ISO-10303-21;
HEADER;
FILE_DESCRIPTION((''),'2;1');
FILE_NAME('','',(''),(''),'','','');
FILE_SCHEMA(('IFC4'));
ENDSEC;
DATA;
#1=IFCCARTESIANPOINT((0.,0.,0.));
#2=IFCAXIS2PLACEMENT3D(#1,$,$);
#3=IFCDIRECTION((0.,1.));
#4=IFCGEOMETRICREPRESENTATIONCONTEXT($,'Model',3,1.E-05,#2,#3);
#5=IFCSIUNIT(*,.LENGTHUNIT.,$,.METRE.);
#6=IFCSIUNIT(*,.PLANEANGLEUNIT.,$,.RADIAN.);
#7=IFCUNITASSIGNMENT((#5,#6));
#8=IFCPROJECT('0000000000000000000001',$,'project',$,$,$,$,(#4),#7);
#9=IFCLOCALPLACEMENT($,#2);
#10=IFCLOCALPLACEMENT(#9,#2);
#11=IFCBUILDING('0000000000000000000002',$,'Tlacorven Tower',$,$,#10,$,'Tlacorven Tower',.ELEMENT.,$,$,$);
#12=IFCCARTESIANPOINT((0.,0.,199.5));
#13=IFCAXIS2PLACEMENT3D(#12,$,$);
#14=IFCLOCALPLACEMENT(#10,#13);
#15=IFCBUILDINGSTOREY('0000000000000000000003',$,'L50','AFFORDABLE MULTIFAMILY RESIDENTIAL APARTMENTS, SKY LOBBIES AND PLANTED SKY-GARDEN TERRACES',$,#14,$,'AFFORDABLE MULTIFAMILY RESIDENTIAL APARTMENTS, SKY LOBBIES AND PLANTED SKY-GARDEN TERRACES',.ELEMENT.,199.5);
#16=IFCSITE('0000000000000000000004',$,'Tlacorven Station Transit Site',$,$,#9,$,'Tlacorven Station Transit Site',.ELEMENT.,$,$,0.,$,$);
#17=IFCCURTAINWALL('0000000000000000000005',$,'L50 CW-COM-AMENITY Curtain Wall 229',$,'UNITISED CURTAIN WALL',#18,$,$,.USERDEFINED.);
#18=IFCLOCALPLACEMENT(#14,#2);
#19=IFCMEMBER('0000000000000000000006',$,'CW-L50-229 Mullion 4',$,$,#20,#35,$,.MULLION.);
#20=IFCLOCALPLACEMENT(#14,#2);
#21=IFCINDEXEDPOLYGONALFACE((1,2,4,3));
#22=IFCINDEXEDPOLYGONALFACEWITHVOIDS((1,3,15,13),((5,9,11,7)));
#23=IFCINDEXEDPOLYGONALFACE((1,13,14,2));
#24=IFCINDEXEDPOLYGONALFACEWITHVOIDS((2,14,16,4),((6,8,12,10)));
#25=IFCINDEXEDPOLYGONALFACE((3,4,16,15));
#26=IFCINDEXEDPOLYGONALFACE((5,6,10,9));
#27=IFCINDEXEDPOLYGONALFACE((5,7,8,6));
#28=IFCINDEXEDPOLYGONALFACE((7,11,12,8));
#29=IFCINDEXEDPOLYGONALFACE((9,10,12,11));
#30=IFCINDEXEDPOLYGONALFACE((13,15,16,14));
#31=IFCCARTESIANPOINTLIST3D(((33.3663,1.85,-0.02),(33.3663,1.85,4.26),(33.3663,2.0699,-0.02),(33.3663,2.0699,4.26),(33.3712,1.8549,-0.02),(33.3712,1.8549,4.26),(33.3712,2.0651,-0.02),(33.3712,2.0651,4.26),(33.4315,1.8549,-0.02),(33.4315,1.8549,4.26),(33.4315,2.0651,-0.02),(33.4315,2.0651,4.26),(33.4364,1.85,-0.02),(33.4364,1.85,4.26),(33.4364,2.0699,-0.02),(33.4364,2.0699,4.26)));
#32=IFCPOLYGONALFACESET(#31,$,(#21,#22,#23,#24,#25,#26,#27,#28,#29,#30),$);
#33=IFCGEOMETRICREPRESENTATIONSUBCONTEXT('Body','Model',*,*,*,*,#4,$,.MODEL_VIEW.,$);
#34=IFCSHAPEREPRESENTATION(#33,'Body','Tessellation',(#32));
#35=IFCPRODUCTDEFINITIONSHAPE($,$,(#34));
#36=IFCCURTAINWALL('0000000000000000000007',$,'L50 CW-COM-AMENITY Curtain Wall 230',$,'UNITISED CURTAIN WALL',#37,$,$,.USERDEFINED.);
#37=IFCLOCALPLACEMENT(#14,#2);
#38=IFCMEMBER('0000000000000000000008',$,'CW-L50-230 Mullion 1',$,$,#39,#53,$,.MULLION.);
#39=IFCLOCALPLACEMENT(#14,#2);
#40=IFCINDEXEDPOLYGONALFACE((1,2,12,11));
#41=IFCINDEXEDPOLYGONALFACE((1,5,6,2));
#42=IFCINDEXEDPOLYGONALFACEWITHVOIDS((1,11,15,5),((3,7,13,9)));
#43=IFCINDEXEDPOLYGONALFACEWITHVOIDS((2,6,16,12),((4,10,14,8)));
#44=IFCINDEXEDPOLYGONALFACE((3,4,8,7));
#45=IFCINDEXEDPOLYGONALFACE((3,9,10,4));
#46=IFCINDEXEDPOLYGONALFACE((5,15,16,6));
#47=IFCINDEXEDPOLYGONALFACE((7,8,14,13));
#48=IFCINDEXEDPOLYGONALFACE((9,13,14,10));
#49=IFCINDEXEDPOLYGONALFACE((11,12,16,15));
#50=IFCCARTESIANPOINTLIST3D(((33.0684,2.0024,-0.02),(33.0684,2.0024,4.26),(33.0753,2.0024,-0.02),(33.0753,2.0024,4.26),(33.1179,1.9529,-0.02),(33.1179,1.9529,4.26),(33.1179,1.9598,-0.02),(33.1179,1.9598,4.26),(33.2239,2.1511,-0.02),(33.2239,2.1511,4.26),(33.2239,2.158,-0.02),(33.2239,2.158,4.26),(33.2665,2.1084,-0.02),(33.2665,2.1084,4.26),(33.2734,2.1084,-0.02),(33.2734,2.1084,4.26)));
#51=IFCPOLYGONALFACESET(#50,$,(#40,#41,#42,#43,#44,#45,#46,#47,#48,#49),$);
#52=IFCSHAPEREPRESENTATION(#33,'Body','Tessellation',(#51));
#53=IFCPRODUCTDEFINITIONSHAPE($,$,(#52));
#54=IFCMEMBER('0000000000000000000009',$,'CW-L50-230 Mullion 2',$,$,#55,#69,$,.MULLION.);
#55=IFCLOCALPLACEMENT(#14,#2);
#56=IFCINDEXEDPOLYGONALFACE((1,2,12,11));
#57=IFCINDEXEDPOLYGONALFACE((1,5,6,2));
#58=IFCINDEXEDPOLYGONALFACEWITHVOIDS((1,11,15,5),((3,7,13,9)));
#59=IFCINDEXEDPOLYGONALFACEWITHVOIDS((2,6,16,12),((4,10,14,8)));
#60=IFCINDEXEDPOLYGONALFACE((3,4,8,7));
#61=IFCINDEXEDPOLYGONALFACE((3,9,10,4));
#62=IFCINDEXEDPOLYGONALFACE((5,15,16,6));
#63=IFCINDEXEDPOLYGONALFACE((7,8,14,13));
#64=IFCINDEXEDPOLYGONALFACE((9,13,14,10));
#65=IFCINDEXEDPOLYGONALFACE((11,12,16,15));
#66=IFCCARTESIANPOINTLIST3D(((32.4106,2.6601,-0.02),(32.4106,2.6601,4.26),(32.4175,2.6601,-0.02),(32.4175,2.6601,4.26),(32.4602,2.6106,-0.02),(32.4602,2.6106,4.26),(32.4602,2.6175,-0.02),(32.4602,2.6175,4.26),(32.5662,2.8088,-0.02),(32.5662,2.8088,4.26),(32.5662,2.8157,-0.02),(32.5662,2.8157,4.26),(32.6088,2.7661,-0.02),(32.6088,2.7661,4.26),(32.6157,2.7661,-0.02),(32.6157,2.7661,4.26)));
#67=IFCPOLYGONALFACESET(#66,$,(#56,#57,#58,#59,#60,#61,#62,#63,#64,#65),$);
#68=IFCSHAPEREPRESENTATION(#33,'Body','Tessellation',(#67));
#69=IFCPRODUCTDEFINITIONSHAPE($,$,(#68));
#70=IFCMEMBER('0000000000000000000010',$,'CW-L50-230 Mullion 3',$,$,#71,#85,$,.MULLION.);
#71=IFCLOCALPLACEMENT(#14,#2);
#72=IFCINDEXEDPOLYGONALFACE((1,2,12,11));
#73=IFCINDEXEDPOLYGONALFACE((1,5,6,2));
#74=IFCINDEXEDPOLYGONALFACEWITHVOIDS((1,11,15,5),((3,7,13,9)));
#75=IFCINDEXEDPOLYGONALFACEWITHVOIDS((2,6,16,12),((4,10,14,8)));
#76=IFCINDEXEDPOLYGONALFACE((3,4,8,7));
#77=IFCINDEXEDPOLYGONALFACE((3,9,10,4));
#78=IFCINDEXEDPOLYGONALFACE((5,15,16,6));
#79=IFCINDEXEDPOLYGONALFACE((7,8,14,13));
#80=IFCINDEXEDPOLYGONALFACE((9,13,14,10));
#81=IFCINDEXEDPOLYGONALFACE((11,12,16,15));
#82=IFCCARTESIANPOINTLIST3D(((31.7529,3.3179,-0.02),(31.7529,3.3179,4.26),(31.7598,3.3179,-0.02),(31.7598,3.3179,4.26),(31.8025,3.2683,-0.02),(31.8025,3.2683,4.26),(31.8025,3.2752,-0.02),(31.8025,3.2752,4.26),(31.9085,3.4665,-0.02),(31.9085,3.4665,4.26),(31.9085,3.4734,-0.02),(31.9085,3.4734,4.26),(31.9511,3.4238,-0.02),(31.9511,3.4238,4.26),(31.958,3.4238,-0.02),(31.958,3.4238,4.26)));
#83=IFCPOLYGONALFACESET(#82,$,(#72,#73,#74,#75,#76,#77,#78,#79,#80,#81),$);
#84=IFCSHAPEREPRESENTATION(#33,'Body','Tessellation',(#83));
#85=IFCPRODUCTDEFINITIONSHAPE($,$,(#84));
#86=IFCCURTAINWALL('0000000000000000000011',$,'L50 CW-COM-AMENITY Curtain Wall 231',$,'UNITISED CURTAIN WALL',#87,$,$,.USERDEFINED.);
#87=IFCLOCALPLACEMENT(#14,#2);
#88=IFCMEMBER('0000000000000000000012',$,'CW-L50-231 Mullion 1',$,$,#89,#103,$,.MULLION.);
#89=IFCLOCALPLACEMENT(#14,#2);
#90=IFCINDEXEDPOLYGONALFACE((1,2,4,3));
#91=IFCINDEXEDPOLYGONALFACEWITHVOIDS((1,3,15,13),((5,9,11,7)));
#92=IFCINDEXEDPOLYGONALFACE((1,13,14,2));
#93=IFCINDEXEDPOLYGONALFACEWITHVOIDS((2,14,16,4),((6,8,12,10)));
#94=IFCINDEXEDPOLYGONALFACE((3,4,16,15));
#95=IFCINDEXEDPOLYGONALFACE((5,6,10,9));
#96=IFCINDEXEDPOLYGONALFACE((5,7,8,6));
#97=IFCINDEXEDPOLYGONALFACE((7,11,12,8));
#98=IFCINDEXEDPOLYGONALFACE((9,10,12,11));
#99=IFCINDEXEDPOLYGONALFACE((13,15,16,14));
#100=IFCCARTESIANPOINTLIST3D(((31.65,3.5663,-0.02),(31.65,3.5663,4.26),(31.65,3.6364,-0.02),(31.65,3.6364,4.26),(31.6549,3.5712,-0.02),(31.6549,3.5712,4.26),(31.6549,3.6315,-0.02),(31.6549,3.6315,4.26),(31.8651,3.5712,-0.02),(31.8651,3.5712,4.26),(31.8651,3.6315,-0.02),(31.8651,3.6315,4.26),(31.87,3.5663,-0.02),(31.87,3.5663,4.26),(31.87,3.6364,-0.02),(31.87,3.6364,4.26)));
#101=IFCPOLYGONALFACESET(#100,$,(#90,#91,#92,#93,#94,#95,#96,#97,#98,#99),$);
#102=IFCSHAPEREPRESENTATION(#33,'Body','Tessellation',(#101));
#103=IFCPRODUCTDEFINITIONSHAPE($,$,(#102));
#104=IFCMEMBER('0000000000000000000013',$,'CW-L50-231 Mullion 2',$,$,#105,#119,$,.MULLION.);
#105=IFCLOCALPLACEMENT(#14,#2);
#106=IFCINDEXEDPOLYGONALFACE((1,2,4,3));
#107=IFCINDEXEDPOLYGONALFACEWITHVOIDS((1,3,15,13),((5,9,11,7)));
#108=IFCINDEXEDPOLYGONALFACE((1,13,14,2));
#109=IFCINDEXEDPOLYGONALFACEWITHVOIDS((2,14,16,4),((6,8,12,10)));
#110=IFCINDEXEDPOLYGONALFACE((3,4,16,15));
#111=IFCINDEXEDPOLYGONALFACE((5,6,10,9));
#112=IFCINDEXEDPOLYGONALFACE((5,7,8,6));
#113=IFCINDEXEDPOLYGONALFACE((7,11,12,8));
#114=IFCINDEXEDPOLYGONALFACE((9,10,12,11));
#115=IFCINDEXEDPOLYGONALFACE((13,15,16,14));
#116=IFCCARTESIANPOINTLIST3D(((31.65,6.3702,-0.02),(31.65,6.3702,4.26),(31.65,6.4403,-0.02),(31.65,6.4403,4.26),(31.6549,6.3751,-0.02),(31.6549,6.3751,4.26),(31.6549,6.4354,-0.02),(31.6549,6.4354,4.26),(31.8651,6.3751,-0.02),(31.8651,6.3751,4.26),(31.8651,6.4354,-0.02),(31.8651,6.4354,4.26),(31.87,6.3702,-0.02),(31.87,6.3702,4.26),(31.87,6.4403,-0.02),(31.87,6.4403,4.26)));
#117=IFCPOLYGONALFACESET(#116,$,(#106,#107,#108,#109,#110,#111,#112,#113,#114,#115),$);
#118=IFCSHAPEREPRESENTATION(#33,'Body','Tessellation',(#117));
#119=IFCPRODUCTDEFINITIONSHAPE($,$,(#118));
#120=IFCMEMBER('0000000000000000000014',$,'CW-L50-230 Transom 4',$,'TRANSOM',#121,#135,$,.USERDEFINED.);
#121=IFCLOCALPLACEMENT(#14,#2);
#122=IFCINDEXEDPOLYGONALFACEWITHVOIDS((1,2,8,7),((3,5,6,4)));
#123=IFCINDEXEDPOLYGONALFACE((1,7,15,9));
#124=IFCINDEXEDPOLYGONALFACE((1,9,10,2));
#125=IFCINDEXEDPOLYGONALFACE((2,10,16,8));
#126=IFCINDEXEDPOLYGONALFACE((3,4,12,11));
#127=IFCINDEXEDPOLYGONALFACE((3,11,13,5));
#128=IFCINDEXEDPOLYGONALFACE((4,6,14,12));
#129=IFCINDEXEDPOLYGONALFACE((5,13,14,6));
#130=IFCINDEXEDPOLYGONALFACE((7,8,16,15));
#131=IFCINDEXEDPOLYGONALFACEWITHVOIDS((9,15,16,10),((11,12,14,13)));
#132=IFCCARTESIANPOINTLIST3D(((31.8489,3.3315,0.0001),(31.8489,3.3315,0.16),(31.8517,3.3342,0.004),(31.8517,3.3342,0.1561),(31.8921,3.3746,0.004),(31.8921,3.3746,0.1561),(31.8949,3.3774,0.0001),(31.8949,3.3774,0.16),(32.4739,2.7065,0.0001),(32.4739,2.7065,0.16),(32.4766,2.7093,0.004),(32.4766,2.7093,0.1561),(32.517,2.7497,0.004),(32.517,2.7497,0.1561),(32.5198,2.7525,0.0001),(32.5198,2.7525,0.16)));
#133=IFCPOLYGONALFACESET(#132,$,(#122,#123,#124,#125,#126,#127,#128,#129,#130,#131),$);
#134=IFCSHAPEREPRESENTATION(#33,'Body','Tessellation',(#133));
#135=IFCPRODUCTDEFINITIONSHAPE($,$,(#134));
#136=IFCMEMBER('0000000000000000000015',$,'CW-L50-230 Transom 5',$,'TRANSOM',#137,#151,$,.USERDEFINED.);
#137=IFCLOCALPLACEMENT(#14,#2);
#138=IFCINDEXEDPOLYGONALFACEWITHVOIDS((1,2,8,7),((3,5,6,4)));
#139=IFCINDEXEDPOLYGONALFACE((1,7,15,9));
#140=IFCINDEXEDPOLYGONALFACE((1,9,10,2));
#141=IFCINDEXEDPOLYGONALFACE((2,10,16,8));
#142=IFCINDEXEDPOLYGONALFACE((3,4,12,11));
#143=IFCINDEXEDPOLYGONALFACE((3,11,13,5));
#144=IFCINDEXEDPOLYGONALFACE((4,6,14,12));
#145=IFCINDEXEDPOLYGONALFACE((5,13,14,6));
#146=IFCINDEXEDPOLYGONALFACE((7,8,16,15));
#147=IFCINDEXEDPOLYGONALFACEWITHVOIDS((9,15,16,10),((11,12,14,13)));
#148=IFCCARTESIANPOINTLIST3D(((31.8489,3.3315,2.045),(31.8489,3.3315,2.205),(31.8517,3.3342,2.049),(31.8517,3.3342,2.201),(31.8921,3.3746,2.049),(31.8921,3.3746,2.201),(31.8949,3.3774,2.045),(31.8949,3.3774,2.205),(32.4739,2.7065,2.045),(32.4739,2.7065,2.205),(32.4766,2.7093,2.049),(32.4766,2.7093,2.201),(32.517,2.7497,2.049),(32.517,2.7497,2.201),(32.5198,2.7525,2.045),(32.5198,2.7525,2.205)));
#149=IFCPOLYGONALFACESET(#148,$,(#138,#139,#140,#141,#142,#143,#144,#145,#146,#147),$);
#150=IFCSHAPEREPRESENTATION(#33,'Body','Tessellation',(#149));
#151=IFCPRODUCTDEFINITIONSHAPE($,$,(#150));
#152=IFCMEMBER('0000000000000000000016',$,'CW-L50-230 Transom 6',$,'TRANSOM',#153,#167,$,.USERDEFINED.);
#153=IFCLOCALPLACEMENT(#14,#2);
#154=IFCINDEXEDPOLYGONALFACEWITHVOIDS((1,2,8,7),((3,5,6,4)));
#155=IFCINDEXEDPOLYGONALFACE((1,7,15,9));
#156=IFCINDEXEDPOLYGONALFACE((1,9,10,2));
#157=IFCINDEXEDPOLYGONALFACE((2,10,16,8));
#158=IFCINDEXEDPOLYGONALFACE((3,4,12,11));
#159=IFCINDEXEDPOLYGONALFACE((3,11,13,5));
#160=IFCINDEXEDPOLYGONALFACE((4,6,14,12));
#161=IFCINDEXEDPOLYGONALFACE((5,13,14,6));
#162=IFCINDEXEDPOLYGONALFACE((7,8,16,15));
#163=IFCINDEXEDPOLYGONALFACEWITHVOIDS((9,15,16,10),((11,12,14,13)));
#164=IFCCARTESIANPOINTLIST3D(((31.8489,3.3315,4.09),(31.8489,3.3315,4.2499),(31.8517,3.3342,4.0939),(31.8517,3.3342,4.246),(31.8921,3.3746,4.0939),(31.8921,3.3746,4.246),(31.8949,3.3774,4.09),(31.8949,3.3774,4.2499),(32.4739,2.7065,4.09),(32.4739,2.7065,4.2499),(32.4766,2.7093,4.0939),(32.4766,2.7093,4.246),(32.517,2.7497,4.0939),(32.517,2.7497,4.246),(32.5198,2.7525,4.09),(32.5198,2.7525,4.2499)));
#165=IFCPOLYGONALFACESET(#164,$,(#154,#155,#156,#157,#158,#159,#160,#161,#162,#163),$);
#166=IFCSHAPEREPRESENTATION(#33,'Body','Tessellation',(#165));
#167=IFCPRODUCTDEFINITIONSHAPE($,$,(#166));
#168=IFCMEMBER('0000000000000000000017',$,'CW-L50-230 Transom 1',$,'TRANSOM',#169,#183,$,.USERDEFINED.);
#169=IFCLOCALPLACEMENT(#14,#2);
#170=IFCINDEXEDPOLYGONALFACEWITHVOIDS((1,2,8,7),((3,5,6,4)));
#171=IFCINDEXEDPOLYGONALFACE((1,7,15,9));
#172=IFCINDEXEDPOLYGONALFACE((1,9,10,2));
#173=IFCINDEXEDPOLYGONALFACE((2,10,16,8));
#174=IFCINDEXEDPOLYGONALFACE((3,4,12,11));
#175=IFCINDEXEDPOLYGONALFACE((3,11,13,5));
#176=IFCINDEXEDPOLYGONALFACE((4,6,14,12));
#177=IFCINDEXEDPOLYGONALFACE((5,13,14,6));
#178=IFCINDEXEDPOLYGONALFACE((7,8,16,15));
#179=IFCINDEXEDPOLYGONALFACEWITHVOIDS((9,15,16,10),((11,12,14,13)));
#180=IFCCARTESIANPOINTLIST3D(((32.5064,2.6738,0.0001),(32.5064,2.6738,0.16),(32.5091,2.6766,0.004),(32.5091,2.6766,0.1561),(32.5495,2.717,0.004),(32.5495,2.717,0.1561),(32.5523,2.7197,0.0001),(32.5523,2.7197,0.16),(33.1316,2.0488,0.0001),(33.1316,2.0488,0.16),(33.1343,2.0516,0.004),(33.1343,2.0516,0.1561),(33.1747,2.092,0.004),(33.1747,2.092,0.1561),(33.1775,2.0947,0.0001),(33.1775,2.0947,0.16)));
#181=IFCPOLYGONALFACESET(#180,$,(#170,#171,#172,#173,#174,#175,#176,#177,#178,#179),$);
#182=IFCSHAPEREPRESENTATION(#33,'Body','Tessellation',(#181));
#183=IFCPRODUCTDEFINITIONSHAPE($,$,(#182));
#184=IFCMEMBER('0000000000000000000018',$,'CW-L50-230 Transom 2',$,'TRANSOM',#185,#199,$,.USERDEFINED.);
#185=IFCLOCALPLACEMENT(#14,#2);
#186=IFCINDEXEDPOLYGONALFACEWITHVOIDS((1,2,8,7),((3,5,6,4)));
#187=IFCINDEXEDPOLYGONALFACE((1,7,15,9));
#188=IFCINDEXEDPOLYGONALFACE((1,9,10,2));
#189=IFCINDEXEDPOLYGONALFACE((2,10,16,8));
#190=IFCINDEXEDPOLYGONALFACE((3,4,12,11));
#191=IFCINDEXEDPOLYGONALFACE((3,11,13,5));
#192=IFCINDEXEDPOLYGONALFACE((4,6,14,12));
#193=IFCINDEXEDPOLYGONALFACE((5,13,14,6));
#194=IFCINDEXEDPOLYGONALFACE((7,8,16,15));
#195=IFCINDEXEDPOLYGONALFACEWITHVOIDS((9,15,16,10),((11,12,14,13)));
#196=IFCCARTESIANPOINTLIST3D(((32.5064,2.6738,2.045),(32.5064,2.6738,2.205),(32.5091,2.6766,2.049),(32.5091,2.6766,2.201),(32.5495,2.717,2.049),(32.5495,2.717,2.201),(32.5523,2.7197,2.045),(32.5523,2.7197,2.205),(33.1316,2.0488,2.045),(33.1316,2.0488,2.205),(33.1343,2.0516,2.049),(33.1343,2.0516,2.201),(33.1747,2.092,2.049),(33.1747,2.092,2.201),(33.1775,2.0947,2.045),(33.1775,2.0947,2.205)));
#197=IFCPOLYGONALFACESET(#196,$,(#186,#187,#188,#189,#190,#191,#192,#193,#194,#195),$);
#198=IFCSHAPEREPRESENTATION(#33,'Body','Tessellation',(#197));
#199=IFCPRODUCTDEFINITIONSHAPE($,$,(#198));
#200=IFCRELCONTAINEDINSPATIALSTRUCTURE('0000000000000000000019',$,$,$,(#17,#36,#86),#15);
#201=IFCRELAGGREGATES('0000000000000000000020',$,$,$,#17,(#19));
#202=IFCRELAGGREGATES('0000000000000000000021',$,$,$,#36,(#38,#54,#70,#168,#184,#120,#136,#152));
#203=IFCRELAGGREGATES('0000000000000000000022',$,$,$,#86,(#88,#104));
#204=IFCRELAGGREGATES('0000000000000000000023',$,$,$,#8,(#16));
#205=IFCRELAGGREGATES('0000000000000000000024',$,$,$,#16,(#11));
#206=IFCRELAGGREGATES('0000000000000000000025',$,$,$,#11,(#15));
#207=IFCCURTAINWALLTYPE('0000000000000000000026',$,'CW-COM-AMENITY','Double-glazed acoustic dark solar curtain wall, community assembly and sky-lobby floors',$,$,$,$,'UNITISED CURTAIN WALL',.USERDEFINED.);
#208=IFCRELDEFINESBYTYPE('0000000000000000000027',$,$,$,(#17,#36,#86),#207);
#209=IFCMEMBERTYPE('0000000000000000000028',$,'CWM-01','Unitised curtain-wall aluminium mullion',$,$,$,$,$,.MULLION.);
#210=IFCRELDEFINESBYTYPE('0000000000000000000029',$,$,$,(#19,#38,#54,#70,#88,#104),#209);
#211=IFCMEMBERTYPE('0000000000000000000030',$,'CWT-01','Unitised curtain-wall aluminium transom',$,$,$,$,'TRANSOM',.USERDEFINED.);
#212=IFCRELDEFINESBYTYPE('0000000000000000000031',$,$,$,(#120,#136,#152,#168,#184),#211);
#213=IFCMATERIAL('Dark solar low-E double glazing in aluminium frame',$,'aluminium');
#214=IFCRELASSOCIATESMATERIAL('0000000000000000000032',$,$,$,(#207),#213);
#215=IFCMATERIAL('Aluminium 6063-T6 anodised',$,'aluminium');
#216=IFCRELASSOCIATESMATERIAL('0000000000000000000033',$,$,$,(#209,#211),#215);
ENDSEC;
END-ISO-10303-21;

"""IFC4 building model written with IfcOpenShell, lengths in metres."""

from ifc_helpers import new_model, si_unit, direction, frame, origin, origin_2d, place, context, subcontext, project, spatial, hollow_rectangle, extrude, source, transform, mapped, material, material_profile, profile_set, type_object, element, aggregate, save


model = new_model("IFC4")

# Units and contexts
model_context = context("Model", 3, precision=1e-05, world=origin(), true_north=direction((0.0, 1.0)))
body_context = subcontext(model_context, "Body", "Model", "MODEL_VIEW")
ifc_project = project(units=[si_unit("LENGTHUNIT", "METRE"), si_unit("PLANEANGLEUNIT", "RADIAN")], contexts=[model_context])

# Site, building, storey
site_placement = place(None, origin())
site = spatial("IfcSite", under=ifc_project, at=site_placement, Name="Tlacorven Station Transit Site", LongName="Tlacorven Station Transit Site", CompositionType="ELEMENT", RefElevation=0.0)
building_placement = place(site_placement, origin())
building = spatial("IfcBuilding", under=site, at=building_placement, Name="Tlacorven Tower", LongName="Tlacorven Tower", CompositionType="ELEMENT")
storey_placement = place(building_placement, frame((0.0, 0.0, 199.5)))
storey = spatial("IfcBuildingStorey", under=building, at=storey_placement, Name="L50", Description="AFFORDABLE MULTIFAMILY RESIDENTIAL APARTMENTS, SKY LOBBIES AND PLANTED SKY-GARDEN TERRACES", LongName="AFFORDABLE MULTIFAMILY RESIDENTIAL APARTMENTS, SKY LOBBIES AND PLANTED SKY-GARDEN TERRACES", CompositionType="ELEMENT", Elevation=199.5)

# Curtain wall, member
ifc_material_1 = material(Name="Dark solar low-E double glazing in aluminium frame", Category="aluminium")
curtain_wall_type = type_object("IfcCurtainWallType", Name="CW-COM-AMENITY", Description="Double-glazed acoustic dark solar curtain wall, community assembly and sky-lobby floors", ElementType="UNITISED CURTAIN WALL", PredefinedType="USERDEFINED", material=ifc_material_1)
curtain_wall_1_placement = place(storey_placement, origin())
curtain_wall_1 = element("IfcCurtainWall", 1, at=curtain_wall_1_placement, inside=storey, type_object=curtain_wall_type, Name="L50 CW-COM-AMENITY Curtain Wall 229", ObjectType="UNITISED CURTAIN WALL", PredefinedType="USERDEFINED")
ifc_material_2 = material(Name="Aluminium 6063-T6 anodised", Category="aluminium")
ifc_material_profile_1 = material_profile(ifc_material_2, hollow_rectangle(XDim=0.0701, YDim=0.22, WallThickness=0.0049, at=origin_2d()), Name="ALU MULLION 70X220")
ifc_profile_set_1 = profile_set([ifc_material_profile_1], Name="Aluminium 6063-T6 anodised")
member_type_1 = type_object("IfcMemberType", Name="CWM-01", Description="Unitised curtain-wall aluminium mullion", PredefinedType="MULLION", material=ifc_profile_set_1)
shared_shape_1 = source(origin(), body_context, "Body", "SweptSolid", [
    extrude(hollow_rectangle(XDim=0.0701, YDim=0.22, WallThickness=0.0049, at=origin_2d()), origin(), (0.0, 0.0, 1.0), 4.28),
])
member_1_placement = place(storey_placement, frame((33.4014, 1.96, -0.02), z_axis=(0.0, 0.0, 1.0), x_axis=(-1.0, 0.0, 0.0)))
member_1 = element("IfcMember", 2, at=member_1_placement, type_object=member_type_1, Name="CW-L50-229 Mullion 4", PredefinedType="MULLION", context=body_context, shape_type="MappedRepresentation", body=[
    mapped(shared_shape_1, transform((0.0, 0.0, 0.0), scale=1.0)),
])
aggregate(curtain_wall_1, [member_1])

# Curtain walls, members
curtain_wall_2_placement = place(storey_placement, origin())
curtain_wall_2 = element("IfcCurtainWall", 3, at=curtain_wall_2_placement, inside=storey, type_object=curtain_wall_type, Name="L50 CW-COM-AMENITY Curtain Wall 230", ObjectType="UNITISED CURTAIN WALL", PredefinedType="USERDEFINED")
member_2_placement = place(storey_placement, frame((33.1709, 2.0554, -0.02), z_axis=(0.0, 0.0, 1.0), x_axis=(-0.707107, 0.707107, 0.0)))
member_2 = element("IfcMember", 4, at=member_2_placement, type_object=member_type_1, Name="CW-L50-230 Mullion 1", PredefinedType="MULLION", context=body_context, shape_type="MappedRepresentation", body=[
    mapped(shared_shape_1, transform((0.0, 0.0, 0.0), scale=1.0)),
])
member_3_placement = place(storey_placement, frame((32.5132, 2.7131, -0.02), z_axis=(0.0, 0.0, 1.0), x_axis=(-0.707107, 0.707107, 0.0)))
member_3 = element("IfcMember", 5, at=member_3_placement, type_object=member_type_1, Name="CW-L50-230 Mullion 2", PredefinedType="MULLION", context=body_context, shape_type="MappedRepresentation", body=[
    mapped(shared_shape_1, transform((0.0, 0.0, 0.0), scale=1.0)),
])
member_4_placement = place(storey_placement, frame((31.8555, 3.3708, -0.02), z_axis=(0.0, 0.0, 1.0), x_axis=(-0.707107, 0.707107, 0.0)))
member_4 = element("IfcMember", 6, at=member_4_placement, type_object=member_type_1, Name="CW-L50-230 Mullion 3", PredefinedType="MULLION", context=body_context, shape_type="MappedRepresentation", body=[
    mapped(shared_shape_1, transform((0.0, 0.0, 0.0), scale=1.0)),
])
curtain_wall_3_placement = place(storey_placement, origin())
curtain_wall_3 = element("IfcCurtainWall", 7, at=curtain_wall_3_placement, inside=storey, type_object=curtain_wall_type, Name="L50 CW-COM-AMENITY Curtain Wall 231", ObjectType="UNITISED CURTAIN WALL", PredefinedType="USERDEFINED")
member_5_placement = place(storey_placement, frame((31.76, 3.6013, -0.02), z_axis=(0.0, 0.0, 1.0), x_axis=(0.0, 1.0, 0.0)))
member_5 = element("IfcMember", 8, at=member_5_placement, type_object=member_type_1, Name="CW-L50-231 Mullion 1", PredefinedType="MULLION", context=body_context, shape_type="MappedRepresentation", body=[
    mapped(shared_shape_1, transform((0.0, 0.0, 0.0), scale=1.0)),
])
member_6_placement = place(storey_placement, frame((31.76, 6.4053, -0.02), z_axis=(0.0, 0.0, 1.0), x_axis=(0.0, 1.0, 0.0)))
member_6 = element("IfcMember", 9, at=member_6_placement, type_object=member_type_1, Name="CW-L50-231 Mullion 2", PredefinedType="MULLION", context=body_context, shape_type="MappedRepresentation", body=[
    mapped(shared_shape_1, transform((0.0, 0.0, 0.0), scale=1.0)),
])

# Members
ifc_material_profile_2 = material_profile(ifc_material_2, hollow_rectangle(XDim=0.0649, YDim=0.1599, WallThickness=0.0039, at=origin_2d()), Name="ALU TRANSOM 65X160")
ifc_profile_set_2 = profile_set([ifc_material_profile_2], Name="Aluminium 6063-T6 anodised")
member_type_2 = type_object("IfcMemberType", Name="CWT-01", Description="Unitised curtain-wall aluminium transom", ElementType="TRANSOM", PredefinedType="USERDEFINED", material=ifc_profile_set_2)
shared_shape_2 = source(origin(), body_context, "Body", "SweptSolid", [
    extrude(hollow_rectangle(XDim=0.0649, YDim=0.1599, WallThickness=0.0039, at=origin_2d()), origin(), (0.0, 0.0, 1.0), 0.8838),
])
member_7_placement = place(storey_placement, frame((32.4968, 2.7295, 0.0801), z_axis=(-0.707107, 0.707107, 0.0), x_axis=(-0.707107, -0.707107, 0.0)))
member_7 = element("IfcMember", 10, at=member_7_placement, type_object=member_type_2, Name="CW-L50-230 Transom 4", ObjectType="TRANSOM", PredefinedType="USERDEFINED", context=body_context, shape_type="MappedRepresentation", body=[
    mapped(shared_shape_2, transform((0.0, 0.0, 0.0), scale=1.0)),
])
member_8_placement = place(storey_placement, frame((32.4968, 2.7295, 2.125), z_axis=(-0.707107, 0.707107, 0.0), x_axis=(-0.707107, -0.707107, 0.0)))
member_8 = element("IfcMember", 11, at=member_8_placement, type_object=member_type_2, Name="CW-L50-230 Transom 5", ObjectType="TRANSOM", PredefinedType="USERDEFINED", context=body_context, shape_type="MappedRepresentation", body=[
    mapped(shared_shape_2, transform((0.0, 0.0, 0.0), scale=1.0)),
])
member_9_placement = place(storey_placement, frame((32.4968, 2.7295, 4.1699), z_axis=(-0.707107, 0.707107, 0.0), x_axis=(-0.707107, -0.707107, 0.0)))
member_9 = element("IfcMember", 12, at=member_9_placement, type_object=member_type_2, Name="CW-L50-230 Transom 6", ObjectType="TRANSOM", PredefinedType="USERDEFINED", context=body_context, shape_type="MappedRepresentation", body=[
    mapped(shared_shape_2, transform((0.0, 0.0, 0.0), scale=1.0)),
])
shared_shape_3 = source(origin(), body_context, "Body", "SweptSolid", [
    extrude(hollow_rectangle(XDim=0.0649, YDim=0.1599, WallThickness=0.0039, at=origin_2d()), origin(), (0.0, 0.0, 1.0), 0.884),
])
member_10_placement = place(storey_placement, frame((33.1545, 2.0718, 0.0801), z_axis=(-0.707245, 0.706969, 0.0), x_axis=(-0.706969, -0.707245, 0.0)))
member_10 = element("IfcMember", 13, at=member_10_placement, type_object=member_type_2, Name="CW-L50-230 Transom 1", ObjectType="TRANSOM", PredefinedType="USERDEFINED", context=body_context, shape_type="MappedRepresentation", body=[
    mapped(shared_shape_3, transform((0.0, 0.0, 0.0), scale=1.0)),
])
member_11_placement = place(storey_placement, frame((33.1545, 2.0718, 2.125), z_axis=(-0.707245, 0.706969, 0.0), x_axis=(-0.706969, -0.707245, 0.0)))
member_11 = element("IfcMember", 14, at=member_11_placement, type_object=member_type_2, Name="CW-L50-230 Transom 2", ObjectType="TRANSOM", PredefinedType="USERDEFINED", context=body_context, shape_type="MappedRepresentation", body=[
    mapped(shared_shape_3, transform((0.0, 0.0, 0.0), scale=1.0)),
])

aggregate(curtain_wall_2, [member_2, member_3, member_4, member_10, member_11, member_7, member_8, member_9])
aggregate(curtain_wall_3, [member_5, member_6])

save(model, "model.ifc")
